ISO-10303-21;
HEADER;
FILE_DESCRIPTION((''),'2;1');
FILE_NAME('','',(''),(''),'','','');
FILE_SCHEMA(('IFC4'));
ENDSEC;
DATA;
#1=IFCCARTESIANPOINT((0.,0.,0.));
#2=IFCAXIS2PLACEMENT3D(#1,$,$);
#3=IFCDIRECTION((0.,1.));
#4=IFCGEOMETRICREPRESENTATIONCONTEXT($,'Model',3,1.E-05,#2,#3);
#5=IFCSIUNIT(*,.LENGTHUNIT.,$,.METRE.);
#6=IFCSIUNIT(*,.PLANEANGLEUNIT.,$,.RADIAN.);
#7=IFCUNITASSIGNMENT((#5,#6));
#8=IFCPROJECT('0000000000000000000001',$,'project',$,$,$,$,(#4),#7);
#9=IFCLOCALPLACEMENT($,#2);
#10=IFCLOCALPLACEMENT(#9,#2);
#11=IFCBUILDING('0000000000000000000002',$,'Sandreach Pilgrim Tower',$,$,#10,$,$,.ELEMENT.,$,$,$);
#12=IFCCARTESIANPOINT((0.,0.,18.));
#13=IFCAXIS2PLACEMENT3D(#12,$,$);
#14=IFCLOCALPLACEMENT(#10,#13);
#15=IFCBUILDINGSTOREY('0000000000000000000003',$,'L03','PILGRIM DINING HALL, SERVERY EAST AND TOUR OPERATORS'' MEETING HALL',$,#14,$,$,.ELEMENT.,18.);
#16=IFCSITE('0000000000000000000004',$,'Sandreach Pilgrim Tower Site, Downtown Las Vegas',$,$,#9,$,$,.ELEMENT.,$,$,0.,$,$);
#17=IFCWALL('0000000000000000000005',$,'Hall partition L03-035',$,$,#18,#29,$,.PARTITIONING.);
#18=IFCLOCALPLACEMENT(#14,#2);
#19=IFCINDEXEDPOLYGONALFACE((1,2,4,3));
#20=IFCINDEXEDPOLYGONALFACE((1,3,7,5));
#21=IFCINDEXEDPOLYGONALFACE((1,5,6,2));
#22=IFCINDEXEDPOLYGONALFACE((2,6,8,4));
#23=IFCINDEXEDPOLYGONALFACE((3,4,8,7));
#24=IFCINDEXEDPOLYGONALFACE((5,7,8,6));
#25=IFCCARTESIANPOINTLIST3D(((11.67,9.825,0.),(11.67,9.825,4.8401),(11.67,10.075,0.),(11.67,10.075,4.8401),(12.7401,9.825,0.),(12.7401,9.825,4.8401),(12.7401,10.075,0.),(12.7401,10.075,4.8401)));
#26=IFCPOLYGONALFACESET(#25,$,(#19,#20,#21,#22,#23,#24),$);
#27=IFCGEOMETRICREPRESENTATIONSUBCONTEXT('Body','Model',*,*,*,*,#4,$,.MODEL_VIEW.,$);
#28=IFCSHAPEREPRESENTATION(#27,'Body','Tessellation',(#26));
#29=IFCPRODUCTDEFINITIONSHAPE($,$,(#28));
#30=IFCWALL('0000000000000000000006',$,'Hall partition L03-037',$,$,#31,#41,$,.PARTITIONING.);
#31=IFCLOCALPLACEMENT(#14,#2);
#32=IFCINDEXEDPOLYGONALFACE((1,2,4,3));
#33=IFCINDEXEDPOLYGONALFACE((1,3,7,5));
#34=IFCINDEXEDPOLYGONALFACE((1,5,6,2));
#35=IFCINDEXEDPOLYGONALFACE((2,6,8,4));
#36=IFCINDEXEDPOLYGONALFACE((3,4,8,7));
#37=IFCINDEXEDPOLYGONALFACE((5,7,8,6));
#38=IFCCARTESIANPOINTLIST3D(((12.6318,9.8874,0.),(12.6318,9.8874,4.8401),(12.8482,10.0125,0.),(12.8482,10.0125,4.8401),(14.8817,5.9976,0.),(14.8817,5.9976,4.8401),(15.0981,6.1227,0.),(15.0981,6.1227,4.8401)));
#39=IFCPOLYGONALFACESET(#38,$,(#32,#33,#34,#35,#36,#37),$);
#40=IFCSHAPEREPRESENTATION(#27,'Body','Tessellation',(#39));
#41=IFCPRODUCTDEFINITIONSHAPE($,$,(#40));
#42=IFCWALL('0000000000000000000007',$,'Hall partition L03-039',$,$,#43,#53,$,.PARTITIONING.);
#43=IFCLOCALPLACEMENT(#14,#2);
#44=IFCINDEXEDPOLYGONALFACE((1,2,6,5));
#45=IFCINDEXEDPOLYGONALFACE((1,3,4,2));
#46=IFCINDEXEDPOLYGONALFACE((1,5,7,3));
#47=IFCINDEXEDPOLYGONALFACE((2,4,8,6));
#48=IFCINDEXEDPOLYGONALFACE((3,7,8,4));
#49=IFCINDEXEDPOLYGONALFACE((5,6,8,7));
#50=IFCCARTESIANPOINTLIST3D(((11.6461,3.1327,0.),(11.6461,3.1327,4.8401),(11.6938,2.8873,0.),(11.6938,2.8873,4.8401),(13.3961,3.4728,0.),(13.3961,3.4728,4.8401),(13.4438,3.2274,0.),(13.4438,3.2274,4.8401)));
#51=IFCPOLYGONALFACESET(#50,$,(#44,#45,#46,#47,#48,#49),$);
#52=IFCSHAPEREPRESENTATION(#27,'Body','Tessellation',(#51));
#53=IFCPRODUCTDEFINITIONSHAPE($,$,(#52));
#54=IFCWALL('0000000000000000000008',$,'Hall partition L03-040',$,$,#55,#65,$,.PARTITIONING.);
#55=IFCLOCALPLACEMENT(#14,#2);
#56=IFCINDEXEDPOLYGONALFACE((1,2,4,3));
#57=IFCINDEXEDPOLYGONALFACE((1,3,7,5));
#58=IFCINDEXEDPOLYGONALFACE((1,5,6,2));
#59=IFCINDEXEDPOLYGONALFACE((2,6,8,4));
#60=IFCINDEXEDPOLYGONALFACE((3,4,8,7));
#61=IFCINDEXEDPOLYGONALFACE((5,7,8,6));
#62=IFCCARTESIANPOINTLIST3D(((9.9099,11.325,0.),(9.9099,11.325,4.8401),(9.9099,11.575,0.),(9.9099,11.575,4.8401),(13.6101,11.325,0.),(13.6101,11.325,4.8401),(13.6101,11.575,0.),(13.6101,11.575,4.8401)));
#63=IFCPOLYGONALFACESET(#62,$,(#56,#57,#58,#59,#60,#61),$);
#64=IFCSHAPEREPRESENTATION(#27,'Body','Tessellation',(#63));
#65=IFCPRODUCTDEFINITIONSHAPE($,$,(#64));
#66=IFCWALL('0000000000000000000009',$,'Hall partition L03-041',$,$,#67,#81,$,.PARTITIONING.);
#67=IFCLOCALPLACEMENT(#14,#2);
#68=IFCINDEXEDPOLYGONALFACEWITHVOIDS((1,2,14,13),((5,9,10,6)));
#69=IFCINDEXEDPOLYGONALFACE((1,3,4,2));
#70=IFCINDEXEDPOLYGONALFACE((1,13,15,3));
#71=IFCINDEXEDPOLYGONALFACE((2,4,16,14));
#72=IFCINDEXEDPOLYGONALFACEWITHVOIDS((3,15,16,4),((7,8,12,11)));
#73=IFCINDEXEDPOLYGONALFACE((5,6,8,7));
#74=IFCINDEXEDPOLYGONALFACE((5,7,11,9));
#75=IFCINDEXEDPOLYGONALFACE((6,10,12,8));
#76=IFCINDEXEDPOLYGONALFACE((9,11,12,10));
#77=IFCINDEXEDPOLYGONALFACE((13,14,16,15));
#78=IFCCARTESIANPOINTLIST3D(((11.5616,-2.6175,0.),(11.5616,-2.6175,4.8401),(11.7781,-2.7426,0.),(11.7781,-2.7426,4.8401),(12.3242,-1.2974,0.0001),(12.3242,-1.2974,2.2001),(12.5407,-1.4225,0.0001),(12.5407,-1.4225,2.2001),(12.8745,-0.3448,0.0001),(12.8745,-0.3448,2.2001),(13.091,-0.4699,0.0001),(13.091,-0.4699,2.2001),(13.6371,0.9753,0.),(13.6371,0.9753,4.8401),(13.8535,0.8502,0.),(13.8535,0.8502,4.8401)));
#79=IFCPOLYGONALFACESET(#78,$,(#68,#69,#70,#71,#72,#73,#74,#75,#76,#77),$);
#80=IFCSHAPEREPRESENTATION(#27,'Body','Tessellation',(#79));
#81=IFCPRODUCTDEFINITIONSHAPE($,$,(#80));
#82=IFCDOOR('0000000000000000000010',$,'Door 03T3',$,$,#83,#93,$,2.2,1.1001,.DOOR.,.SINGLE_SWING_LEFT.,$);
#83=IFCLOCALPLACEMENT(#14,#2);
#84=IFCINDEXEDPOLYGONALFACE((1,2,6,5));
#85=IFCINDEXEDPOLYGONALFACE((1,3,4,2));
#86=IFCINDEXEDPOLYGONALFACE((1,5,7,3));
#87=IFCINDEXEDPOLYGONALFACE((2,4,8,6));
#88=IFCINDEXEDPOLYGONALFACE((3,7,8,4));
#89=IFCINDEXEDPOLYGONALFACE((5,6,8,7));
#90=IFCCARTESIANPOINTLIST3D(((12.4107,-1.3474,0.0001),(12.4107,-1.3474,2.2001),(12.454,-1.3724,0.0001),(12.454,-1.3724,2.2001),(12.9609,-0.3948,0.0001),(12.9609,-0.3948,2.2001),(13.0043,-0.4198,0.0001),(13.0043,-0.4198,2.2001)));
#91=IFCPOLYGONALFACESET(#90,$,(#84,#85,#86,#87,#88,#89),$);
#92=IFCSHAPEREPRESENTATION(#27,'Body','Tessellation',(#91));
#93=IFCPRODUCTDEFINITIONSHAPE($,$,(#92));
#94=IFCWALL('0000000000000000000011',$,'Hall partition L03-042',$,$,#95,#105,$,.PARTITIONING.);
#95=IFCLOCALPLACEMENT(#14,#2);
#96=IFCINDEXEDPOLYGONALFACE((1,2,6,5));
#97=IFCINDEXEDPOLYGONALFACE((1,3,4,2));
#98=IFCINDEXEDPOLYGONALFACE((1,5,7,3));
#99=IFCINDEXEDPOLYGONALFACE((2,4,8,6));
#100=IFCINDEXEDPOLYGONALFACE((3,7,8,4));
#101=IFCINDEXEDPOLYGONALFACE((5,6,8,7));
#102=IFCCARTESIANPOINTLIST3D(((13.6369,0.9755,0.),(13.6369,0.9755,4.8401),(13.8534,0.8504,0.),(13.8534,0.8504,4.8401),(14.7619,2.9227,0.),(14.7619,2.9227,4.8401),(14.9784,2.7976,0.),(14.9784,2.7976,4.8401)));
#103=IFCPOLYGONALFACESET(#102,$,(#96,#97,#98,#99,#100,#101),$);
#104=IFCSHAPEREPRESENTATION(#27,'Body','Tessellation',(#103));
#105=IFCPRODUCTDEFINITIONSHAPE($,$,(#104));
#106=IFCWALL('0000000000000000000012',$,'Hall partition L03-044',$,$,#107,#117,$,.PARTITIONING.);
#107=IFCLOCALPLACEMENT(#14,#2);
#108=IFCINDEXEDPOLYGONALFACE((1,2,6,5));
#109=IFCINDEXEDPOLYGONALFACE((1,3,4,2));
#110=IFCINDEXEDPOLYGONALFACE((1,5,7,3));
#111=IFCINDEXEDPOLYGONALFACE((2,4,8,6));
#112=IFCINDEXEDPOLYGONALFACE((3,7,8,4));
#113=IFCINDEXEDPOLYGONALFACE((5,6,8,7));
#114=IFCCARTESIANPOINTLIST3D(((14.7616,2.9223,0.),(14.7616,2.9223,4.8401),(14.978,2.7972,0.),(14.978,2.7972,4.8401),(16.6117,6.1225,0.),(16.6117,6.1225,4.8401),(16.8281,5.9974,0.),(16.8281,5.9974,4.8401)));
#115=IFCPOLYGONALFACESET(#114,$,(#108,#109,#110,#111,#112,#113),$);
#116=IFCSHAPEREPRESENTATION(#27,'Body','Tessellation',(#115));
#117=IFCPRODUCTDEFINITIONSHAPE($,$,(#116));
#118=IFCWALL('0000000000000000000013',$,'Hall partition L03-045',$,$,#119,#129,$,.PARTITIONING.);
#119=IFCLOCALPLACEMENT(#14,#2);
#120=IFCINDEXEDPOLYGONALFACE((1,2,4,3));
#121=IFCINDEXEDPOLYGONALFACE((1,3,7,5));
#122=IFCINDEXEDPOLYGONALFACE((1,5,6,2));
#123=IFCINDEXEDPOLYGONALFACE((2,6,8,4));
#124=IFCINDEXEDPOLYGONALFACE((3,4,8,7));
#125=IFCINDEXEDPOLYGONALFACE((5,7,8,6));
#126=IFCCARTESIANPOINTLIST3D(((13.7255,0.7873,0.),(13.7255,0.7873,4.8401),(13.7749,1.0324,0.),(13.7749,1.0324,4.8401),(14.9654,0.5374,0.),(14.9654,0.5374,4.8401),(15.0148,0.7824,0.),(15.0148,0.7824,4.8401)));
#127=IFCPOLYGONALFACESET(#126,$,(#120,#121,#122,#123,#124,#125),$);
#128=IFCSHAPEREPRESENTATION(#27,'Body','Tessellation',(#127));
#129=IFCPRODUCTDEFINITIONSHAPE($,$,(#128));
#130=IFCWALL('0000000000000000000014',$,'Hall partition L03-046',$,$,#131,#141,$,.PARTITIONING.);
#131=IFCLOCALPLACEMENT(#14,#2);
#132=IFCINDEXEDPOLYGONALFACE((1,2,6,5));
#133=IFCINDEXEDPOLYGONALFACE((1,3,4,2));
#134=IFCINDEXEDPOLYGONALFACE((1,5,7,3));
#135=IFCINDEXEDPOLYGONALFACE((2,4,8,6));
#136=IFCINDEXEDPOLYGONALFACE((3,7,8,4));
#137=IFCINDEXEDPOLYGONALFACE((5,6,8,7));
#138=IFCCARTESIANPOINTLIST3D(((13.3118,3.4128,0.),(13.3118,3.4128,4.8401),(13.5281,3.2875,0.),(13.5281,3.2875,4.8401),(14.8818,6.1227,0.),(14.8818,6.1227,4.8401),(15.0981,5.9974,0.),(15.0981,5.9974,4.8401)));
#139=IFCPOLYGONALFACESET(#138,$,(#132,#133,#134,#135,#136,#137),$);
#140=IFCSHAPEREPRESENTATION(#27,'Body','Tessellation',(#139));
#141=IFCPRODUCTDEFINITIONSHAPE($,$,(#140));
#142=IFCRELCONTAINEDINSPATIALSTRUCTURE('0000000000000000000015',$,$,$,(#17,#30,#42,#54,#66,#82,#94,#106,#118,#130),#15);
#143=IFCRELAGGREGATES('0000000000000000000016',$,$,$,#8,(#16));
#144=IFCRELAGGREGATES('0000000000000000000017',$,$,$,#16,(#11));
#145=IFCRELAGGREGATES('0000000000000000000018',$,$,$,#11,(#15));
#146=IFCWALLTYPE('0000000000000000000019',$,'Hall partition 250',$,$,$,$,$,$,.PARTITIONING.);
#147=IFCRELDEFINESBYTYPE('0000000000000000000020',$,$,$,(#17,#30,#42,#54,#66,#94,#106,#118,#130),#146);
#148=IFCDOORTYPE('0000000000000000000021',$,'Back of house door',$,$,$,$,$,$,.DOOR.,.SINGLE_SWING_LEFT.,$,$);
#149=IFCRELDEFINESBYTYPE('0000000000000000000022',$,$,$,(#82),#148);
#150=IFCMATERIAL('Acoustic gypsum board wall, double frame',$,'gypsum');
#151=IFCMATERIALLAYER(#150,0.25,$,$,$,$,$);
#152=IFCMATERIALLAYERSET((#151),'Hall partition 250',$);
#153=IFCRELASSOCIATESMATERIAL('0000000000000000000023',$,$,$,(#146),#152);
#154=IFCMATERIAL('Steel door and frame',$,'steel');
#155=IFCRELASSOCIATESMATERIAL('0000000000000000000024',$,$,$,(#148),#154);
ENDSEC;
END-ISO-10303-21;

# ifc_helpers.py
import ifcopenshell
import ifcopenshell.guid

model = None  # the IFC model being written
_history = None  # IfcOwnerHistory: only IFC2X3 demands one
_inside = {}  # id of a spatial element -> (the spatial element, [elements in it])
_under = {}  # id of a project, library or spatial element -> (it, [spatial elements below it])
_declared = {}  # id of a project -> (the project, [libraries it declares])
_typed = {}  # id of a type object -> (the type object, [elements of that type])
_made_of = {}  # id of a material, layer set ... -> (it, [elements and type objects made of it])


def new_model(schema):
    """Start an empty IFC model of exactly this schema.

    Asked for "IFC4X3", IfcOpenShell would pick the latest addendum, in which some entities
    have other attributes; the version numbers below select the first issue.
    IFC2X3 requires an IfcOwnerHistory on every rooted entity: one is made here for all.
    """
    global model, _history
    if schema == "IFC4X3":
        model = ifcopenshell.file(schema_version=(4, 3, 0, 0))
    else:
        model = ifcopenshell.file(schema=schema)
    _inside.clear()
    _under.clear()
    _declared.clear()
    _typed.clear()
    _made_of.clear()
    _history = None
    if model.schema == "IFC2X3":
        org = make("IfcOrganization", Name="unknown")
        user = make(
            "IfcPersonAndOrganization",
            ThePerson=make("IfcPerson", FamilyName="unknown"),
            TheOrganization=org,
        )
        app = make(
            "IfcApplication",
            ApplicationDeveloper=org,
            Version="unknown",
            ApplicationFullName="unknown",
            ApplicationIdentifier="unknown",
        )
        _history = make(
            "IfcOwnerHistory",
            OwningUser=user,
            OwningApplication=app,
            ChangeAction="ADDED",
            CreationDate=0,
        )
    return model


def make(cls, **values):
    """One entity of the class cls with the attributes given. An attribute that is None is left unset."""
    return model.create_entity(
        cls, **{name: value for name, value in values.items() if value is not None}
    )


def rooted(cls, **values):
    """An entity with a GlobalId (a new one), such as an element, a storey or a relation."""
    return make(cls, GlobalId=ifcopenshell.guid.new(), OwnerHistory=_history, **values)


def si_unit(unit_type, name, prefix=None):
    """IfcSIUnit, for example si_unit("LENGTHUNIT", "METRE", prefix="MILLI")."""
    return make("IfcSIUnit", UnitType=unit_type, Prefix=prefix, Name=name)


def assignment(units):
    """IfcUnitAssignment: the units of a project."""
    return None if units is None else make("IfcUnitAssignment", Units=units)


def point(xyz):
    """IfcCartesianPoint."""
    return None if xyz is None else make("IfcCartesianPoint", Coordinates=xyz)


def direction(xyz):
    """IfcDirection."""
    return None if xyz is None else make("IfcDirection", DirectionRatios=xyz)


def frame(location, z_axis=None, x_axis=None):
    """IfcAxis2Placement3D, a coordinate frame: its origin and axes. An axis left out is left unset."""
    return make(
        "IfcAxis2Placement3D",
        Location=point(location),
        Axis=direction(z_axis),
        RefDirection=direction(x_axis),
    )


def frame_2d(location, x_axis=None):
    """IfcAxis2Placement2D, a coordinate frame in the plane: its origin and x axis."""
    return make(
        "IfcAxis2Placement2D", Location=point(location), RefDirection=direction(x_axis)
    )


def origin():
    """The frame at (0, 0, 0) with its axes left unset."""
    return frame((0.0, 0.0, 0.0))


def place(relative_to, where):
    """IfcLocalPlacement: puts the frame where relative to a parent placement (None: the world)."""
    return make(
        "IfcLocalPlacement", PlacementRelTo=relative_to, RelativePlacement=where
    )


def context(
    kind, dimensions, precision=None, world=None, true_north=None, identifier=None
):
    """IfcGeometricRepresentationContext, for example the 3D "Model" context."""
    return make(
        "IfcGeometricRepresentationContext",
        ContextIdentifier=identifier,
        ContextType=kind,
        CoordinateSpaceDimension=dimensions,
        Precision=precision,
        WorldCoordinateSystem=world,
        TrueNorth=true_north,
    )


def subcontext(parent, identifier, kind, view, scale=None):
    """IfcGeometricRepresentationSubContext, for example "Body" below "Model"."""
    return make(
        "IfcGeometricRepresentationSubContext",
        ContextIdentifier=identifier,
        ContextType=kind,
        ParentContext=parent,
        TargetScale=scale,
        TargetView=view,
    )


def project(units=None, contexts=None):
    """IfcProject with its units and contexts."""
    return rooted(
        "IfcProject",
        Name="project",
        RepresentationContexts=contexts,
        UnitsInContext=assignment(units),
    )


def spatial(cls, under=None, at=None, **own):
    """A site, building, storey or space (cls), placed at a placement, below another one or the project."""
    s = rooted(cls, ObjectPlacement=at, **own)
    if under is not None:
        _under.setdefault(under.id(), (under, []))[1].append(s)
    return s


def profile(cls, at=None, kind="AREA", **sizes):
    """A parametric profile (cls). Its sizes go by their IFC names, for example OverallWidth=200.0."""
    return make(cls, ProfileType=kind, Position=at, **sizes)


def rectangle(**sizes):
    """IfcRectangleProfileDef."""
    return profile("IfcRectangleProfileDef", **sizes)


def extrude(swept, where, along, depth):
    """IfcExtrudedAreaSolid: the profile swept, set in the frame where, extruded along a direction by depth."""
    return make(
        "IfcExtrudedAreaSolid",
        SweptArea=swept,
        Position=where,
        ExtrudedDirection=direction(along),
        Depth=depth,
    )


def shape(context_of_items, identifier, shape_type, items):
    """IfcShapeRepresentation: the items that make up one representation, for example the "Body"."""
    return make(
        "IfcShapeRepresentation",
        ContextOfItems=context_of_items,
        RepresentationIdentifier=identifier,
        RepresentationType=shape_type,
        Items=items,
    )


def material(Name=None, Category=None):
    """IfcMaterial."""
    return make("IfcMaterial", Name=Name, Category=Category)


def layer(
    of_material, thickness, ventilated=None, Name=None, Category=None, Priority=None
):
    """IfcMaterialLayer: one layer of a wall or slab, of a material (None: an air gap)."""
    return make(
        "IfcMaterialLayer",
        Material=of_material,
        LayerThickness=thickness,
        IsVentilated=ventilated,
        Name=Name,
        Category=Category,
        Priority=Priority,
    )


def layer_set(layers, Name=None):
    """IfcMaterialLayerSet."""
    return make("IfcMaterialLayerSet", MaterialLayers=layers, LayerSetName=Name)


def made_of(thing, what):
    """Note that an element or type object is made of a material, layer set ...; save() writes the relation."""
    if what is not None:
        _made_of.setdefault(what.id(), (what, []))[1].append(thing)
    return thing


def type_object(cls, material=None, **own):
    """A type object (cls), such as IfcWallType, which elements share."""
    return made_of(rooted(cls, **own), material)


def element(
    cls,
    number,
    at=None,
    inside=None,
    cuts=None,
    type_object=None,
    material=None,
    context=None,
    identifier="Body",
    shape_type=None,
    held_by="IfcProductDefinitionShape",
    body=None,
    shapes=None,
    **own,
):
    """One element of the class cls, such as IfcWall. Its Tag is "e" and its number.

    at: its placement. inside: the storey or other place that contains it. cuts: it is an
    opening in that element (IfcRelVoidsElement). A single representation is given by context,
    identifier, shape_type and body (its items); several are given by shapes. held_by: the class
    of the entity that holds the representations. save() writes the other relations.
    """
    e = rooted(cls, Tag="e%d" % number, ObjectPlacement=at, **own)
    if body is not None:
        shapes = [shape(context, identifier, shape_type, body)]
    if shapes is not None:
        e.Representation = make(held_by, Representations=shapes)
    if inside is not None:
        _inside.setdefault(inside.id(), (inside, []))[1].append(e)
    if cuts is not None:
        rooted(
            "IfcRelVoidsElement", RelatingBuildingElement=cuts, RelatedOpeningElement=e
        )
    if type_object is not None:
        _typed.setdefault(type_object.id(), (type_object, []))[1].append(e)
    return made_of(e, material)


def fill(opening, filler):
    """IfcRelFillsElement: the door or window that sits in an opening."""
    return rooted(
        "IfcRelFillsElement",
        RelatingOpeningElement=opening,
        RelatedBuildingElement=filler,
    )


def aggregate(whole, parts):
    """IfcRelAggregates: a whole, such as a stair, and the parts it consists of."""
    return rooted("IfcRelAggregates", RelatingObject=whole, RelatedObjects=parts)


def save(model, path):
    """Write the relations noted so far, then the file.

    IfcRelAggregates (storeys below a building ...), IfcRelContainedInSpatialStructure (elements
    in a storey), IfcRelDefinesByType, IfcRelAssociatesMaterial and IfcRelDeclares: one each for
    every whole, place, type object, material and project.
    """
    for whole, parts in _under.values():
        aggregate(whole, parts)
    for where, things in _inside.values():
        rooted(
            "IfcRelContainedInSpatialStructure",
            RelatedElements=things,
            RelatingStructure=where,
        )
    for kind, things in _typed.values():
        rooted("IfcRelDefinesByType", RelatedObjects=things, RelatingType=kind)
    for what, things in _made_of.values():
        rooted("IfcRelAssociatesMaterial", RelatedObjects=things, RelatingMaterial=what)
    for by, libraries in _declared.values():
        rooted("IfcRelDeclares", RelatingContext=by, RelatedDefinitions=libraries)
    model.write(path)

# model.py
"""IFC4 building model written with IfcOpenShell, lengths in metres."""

from ifc_helpers import new_model, si_unit, direction, frame, frame_2d, origin, place, context, subcontext, project, spatial, rectangle, extrude, material, layer, layer_set, type_object, element, fill, save


model = new_model("IFC4")

# Units and contexts
model_context = context("Model", 3, precision=1e-05, world=origin(), true_north=direction((0.0, 1.0)))
body_context = subcontext(model_context, "Body", "Model", "MODEL_VIEW")
ifc_project = project(units=[si_unit("LENGTHUNIT", "METRE"), si_unit("PLANEANGLEUNIT", "RADIAN")], contexts=[model_context])

# Site, building, storey
site_placement = place(None, origin())
site = spatial("IfcSite", under=ifc_project, at=site_placement, Name="Sandreach Pilgrim Tower Site, Downtown Las Vegas", CompositionType="ELEMENT", RefElevation=0.0)
building_placement = place(site_placement, origin())
building = spatial("IfcBuilding", under=site, at=building_placement, Name="Sandreach Pilgrim Tower", CompositionType="ELEMENT")
storey_placement = place(building_placement, frame((0.0, 0.0, 18.0)))
storey = spatial("IfcBuildingStorey", under=building, at=storey_placement, Name="L03", Description="PILGRIM DINING HALL, SERVERY EAST AND TOUR OPERATORS' MEETING HALL", CompositionType="ELEMENT", Elevation=18.0)

# Shared definitions
ifc_material_1 = material(Name="Acoustic gypsum board wall, double frame", Category="gypsum")
ifc_layer_1 = layer(ifc_material_1, 0.25)
ifc_layer_set_1 = layer_set([ifc_layer_1], Name="Hall partition 250")
wall_type_1 = type_object("IfcWallType", Name="Hall partition 250", PredefinedType="PARTITIONING", material=ifc_layer_set_1)
ifc_material_2 = material(Name="Steel door and frame", Category="steel")
door_type_1 = type_object("IfcDoorType", Name="Back of house door", OperationType="SINGLE_SWING_LEFT", PredefinedType="DOOR", material=ifc_material_2)

# Walls
wall_1_placement = place(storey_placement, frame((11.6699, 9.95, 0.0), z_axis=(0.0, 0.0, 1.0), x_axis=(1.0, 0.0, 0.0)))
element("IfcWall", 1, at=wall_1_placement, inside=storey, type_object=wall_type_1, Name="Hall partition L03-035", PredefinedType="PARTITIONING", context=body_context, shape_type="SweptSolid", body=[
    extrude(rectangle(XDim=1.0701, YDim=0.25, at=frame_2d((0.5352, 0.0))), origin(), (0.0, 0.0, 1.0), 4.8401),
])
wall_2_placement = place(storey_placement, frame((12.74, 9.95, 0.0), z_axis=(0.0, 0.0, 1.0), x_axis=(0.500696, -0.865623, 0.0)))
element("IfcWall", 2, at=wall_2_placement, inside=storey, type_object=wall_type_1, Name="Hall partition L03-037", PredefinedType="PARTITIONING", context=body_context, shape_type="SweptSolid", body=[
    extrude(rectangle(XDim=4.4937, YDim=0.25, at=frame_2d((2.2468, 0.0))), origin(), (0.0, 0.0, 1.0), 4.8401),
])
wall_3_placement = place(storey_placement, frame((13.4199, 3.3501, 0.0), z_axis=(0.0, 0.0, 1.0), x_axis=(-0.981635, -0.190767, 0.0)))
element("IfcWall", 3, at=wall_3_placement, inside=storey, type_object=wall_type_1, Name="Hall partition L03-039", PredefinedType="PARTITIONING", context=body_context, shape_type="SweptSolid", body=[
    extrude(rectangle(XDim=1.7827, YDim=0.25, at=frame_2d((0.8914, 0.0))), origin(), (0.0, 0.0, 1.0), 4.8401),
])
wall_4_placement = place(storey_placement, frame((13.6101, 11.45, 0.0), z_axis=(0.0, 0.0, 1.0), x_axis=(-1.0, 0.0, 0.0)))
element("IfcWall", 4, at=wall_4_placement, inside=storey, type_object=wall_type_1, Name="Hall partition L03-040", PredefinedType="PARTITIONING", context=body_context, shape_type="SweptSolid", body=[
    extrude(rectangle(XDim=3.7002, YDim=0.25, at=frame_2d((1.8501, 0.0))), origin(), (0.0, 0.0, 1.0), 4.8401),
])

# Wall, opening, door
wall_5_placement = place(storey_placement, frame((13.7454, 0.9128, 0.0), z_axis=(0.0, 0.0, 1.0), x_axis=(-0.500208, -0.865905, 0.0)))
wall_5 = element("IfcWall", 5, at=wall_5_placement, inside=storey, type_object=wall_type_1, Name="Hall partition L03-041", PredefinedType="PARTITIONING", context=body_context, shape_type="SweptSolid", body=[
    extrude(rectangle(XDim=4.1492, YDim=0.25, at=frame_2d((2.0747, 0.0))), origin(), (0.0, 0.0, 1.0), 4.8401),
])
opening_1_placement = place(wall_5_placement, frame((1.5247, 0.0, 0.0)))
opening_1 = element("IfcOpeningElement", 6, at=opening_1_placement, cuts=wall_5, PredefinedType="OPENING", context=body_context, shape_type="SweptSolid", body=[
    extrude(rectangle(XDim=1.1001, YDim=2.2, at=frame_2d((0.55, 1.1001))), frame((0.0, 0.125, 0.0), z_axis=(0.0, -1.0, 0.0), x_axis=(1.0, 0.0, 0.0)), (0.0, 0.0, 1.0), 0.25),
])
door_1_placement = place(opening_1_placement, origin())
door_1 = element("IfcDoor", 7, at=door_1_placement, inside=storey, type_object=door_type_1, Name="Door 03T3", OperationType="SINGLE_SWING_LEFT", OverallHeight=2.2, OverallWidth=1.1001, PredefinedType="DOOR", context=body_context, shape_type="SweptSolid", body=[
    extrude(rectangle(XDim=1.1001, YDim=2.2, at=frame_2d((0.55, 1.1001))), frame((0.0, 0.0249, 0.0), z_axis=(0.0, -1.0, 0.0), x_axis=(1.0, 0.0, 0.0)), (0.0, 0.0, 1.0), 0.05),
])
fill(opening_1, door_1)

# Walls
wall_6_placement = place(storey_placement, frame((13.7451, 0.9128, 0.0), z_axis=(0.0, 0.0, 1.0), x_axis=(0.500249, 0.865882, 0.0)))
element("IfcWall", 8, at=wall_6_placement, inside=storey, type_object=wall_type_1, Name="Hall partition L03-042", PredefinedType="PARTITIONING", context=body_context, shape_type="SweptSolid", body=[
    extrude(rectangle(XDim=2.2488, YDim=0.25, at=frame_2d((1.1245, 0.0))), origin(), (0.0, 0.0, 1.0), 4.8401),
])
wall_7_placement = place(storey_placement, frame((14.8699, 2.8599, 0.0), z_axis=(0.0, 0.0, 1.0), x_axis=(0.5005, 0.865737, 0.0)))
element("IfcWall", 9, at=wall_7_placement, inside=storey, type_object=wall_type_1, Name="Hall partition L03-044", PredefinedType="PARTITIONING", context=body_context, shape_type="SweptSolid", body=[
    extrude(rectangle(XDim=3.6965, YDim=0.25, at=frame_2d((1.8481, 0.0))), origin(), (0.0, 0.0, 1.0), 4.8401),
])
wall_8_placement = place(storey_placement, frame((14.99, 0.6599, 0.0), z_axis=(0.0, 0.0, 1.0), x_axis=(-0.980275, 0.197638, 0.0)))
element("IfcWall", 10, at=wall_8_placement, inside=storey, type_object=wall_type_1, Name="Hall partition L03-045", PredefinedType="PARTITIONING", context=body_context, shape_type="SweptSolid", body=[
    extrude(rectangle(XDim=1.2649, YDim=0.25, at=frame_2d((0.6323, 0.0))), origin(), (0.0, 0.0, 1.0), 4.8401),
])
wall_9_placement = place(storey_placement, frame((14.99, 6.0601, 0.0), z_axis=(0.0, 0.0, 1.0), x_axis=(-0.50131, -0.865268, 0.0)))
element("IfcWall", 11, at=wall_9_placement, inside=storey, type_object=wall_type_1, Name="Hall partition L03-046", PredefinedType="PARTITIONING", context=body_context, shape_type="SweptSolid", body=[
    extrude(rectangle(XDim=3.1318, YDim=0.25, at=frame_2d((1.5659, 0.0))), origin(), (0.0, 0.0, 1.0), 4.8401),
])

save(model, "model.ifc")
